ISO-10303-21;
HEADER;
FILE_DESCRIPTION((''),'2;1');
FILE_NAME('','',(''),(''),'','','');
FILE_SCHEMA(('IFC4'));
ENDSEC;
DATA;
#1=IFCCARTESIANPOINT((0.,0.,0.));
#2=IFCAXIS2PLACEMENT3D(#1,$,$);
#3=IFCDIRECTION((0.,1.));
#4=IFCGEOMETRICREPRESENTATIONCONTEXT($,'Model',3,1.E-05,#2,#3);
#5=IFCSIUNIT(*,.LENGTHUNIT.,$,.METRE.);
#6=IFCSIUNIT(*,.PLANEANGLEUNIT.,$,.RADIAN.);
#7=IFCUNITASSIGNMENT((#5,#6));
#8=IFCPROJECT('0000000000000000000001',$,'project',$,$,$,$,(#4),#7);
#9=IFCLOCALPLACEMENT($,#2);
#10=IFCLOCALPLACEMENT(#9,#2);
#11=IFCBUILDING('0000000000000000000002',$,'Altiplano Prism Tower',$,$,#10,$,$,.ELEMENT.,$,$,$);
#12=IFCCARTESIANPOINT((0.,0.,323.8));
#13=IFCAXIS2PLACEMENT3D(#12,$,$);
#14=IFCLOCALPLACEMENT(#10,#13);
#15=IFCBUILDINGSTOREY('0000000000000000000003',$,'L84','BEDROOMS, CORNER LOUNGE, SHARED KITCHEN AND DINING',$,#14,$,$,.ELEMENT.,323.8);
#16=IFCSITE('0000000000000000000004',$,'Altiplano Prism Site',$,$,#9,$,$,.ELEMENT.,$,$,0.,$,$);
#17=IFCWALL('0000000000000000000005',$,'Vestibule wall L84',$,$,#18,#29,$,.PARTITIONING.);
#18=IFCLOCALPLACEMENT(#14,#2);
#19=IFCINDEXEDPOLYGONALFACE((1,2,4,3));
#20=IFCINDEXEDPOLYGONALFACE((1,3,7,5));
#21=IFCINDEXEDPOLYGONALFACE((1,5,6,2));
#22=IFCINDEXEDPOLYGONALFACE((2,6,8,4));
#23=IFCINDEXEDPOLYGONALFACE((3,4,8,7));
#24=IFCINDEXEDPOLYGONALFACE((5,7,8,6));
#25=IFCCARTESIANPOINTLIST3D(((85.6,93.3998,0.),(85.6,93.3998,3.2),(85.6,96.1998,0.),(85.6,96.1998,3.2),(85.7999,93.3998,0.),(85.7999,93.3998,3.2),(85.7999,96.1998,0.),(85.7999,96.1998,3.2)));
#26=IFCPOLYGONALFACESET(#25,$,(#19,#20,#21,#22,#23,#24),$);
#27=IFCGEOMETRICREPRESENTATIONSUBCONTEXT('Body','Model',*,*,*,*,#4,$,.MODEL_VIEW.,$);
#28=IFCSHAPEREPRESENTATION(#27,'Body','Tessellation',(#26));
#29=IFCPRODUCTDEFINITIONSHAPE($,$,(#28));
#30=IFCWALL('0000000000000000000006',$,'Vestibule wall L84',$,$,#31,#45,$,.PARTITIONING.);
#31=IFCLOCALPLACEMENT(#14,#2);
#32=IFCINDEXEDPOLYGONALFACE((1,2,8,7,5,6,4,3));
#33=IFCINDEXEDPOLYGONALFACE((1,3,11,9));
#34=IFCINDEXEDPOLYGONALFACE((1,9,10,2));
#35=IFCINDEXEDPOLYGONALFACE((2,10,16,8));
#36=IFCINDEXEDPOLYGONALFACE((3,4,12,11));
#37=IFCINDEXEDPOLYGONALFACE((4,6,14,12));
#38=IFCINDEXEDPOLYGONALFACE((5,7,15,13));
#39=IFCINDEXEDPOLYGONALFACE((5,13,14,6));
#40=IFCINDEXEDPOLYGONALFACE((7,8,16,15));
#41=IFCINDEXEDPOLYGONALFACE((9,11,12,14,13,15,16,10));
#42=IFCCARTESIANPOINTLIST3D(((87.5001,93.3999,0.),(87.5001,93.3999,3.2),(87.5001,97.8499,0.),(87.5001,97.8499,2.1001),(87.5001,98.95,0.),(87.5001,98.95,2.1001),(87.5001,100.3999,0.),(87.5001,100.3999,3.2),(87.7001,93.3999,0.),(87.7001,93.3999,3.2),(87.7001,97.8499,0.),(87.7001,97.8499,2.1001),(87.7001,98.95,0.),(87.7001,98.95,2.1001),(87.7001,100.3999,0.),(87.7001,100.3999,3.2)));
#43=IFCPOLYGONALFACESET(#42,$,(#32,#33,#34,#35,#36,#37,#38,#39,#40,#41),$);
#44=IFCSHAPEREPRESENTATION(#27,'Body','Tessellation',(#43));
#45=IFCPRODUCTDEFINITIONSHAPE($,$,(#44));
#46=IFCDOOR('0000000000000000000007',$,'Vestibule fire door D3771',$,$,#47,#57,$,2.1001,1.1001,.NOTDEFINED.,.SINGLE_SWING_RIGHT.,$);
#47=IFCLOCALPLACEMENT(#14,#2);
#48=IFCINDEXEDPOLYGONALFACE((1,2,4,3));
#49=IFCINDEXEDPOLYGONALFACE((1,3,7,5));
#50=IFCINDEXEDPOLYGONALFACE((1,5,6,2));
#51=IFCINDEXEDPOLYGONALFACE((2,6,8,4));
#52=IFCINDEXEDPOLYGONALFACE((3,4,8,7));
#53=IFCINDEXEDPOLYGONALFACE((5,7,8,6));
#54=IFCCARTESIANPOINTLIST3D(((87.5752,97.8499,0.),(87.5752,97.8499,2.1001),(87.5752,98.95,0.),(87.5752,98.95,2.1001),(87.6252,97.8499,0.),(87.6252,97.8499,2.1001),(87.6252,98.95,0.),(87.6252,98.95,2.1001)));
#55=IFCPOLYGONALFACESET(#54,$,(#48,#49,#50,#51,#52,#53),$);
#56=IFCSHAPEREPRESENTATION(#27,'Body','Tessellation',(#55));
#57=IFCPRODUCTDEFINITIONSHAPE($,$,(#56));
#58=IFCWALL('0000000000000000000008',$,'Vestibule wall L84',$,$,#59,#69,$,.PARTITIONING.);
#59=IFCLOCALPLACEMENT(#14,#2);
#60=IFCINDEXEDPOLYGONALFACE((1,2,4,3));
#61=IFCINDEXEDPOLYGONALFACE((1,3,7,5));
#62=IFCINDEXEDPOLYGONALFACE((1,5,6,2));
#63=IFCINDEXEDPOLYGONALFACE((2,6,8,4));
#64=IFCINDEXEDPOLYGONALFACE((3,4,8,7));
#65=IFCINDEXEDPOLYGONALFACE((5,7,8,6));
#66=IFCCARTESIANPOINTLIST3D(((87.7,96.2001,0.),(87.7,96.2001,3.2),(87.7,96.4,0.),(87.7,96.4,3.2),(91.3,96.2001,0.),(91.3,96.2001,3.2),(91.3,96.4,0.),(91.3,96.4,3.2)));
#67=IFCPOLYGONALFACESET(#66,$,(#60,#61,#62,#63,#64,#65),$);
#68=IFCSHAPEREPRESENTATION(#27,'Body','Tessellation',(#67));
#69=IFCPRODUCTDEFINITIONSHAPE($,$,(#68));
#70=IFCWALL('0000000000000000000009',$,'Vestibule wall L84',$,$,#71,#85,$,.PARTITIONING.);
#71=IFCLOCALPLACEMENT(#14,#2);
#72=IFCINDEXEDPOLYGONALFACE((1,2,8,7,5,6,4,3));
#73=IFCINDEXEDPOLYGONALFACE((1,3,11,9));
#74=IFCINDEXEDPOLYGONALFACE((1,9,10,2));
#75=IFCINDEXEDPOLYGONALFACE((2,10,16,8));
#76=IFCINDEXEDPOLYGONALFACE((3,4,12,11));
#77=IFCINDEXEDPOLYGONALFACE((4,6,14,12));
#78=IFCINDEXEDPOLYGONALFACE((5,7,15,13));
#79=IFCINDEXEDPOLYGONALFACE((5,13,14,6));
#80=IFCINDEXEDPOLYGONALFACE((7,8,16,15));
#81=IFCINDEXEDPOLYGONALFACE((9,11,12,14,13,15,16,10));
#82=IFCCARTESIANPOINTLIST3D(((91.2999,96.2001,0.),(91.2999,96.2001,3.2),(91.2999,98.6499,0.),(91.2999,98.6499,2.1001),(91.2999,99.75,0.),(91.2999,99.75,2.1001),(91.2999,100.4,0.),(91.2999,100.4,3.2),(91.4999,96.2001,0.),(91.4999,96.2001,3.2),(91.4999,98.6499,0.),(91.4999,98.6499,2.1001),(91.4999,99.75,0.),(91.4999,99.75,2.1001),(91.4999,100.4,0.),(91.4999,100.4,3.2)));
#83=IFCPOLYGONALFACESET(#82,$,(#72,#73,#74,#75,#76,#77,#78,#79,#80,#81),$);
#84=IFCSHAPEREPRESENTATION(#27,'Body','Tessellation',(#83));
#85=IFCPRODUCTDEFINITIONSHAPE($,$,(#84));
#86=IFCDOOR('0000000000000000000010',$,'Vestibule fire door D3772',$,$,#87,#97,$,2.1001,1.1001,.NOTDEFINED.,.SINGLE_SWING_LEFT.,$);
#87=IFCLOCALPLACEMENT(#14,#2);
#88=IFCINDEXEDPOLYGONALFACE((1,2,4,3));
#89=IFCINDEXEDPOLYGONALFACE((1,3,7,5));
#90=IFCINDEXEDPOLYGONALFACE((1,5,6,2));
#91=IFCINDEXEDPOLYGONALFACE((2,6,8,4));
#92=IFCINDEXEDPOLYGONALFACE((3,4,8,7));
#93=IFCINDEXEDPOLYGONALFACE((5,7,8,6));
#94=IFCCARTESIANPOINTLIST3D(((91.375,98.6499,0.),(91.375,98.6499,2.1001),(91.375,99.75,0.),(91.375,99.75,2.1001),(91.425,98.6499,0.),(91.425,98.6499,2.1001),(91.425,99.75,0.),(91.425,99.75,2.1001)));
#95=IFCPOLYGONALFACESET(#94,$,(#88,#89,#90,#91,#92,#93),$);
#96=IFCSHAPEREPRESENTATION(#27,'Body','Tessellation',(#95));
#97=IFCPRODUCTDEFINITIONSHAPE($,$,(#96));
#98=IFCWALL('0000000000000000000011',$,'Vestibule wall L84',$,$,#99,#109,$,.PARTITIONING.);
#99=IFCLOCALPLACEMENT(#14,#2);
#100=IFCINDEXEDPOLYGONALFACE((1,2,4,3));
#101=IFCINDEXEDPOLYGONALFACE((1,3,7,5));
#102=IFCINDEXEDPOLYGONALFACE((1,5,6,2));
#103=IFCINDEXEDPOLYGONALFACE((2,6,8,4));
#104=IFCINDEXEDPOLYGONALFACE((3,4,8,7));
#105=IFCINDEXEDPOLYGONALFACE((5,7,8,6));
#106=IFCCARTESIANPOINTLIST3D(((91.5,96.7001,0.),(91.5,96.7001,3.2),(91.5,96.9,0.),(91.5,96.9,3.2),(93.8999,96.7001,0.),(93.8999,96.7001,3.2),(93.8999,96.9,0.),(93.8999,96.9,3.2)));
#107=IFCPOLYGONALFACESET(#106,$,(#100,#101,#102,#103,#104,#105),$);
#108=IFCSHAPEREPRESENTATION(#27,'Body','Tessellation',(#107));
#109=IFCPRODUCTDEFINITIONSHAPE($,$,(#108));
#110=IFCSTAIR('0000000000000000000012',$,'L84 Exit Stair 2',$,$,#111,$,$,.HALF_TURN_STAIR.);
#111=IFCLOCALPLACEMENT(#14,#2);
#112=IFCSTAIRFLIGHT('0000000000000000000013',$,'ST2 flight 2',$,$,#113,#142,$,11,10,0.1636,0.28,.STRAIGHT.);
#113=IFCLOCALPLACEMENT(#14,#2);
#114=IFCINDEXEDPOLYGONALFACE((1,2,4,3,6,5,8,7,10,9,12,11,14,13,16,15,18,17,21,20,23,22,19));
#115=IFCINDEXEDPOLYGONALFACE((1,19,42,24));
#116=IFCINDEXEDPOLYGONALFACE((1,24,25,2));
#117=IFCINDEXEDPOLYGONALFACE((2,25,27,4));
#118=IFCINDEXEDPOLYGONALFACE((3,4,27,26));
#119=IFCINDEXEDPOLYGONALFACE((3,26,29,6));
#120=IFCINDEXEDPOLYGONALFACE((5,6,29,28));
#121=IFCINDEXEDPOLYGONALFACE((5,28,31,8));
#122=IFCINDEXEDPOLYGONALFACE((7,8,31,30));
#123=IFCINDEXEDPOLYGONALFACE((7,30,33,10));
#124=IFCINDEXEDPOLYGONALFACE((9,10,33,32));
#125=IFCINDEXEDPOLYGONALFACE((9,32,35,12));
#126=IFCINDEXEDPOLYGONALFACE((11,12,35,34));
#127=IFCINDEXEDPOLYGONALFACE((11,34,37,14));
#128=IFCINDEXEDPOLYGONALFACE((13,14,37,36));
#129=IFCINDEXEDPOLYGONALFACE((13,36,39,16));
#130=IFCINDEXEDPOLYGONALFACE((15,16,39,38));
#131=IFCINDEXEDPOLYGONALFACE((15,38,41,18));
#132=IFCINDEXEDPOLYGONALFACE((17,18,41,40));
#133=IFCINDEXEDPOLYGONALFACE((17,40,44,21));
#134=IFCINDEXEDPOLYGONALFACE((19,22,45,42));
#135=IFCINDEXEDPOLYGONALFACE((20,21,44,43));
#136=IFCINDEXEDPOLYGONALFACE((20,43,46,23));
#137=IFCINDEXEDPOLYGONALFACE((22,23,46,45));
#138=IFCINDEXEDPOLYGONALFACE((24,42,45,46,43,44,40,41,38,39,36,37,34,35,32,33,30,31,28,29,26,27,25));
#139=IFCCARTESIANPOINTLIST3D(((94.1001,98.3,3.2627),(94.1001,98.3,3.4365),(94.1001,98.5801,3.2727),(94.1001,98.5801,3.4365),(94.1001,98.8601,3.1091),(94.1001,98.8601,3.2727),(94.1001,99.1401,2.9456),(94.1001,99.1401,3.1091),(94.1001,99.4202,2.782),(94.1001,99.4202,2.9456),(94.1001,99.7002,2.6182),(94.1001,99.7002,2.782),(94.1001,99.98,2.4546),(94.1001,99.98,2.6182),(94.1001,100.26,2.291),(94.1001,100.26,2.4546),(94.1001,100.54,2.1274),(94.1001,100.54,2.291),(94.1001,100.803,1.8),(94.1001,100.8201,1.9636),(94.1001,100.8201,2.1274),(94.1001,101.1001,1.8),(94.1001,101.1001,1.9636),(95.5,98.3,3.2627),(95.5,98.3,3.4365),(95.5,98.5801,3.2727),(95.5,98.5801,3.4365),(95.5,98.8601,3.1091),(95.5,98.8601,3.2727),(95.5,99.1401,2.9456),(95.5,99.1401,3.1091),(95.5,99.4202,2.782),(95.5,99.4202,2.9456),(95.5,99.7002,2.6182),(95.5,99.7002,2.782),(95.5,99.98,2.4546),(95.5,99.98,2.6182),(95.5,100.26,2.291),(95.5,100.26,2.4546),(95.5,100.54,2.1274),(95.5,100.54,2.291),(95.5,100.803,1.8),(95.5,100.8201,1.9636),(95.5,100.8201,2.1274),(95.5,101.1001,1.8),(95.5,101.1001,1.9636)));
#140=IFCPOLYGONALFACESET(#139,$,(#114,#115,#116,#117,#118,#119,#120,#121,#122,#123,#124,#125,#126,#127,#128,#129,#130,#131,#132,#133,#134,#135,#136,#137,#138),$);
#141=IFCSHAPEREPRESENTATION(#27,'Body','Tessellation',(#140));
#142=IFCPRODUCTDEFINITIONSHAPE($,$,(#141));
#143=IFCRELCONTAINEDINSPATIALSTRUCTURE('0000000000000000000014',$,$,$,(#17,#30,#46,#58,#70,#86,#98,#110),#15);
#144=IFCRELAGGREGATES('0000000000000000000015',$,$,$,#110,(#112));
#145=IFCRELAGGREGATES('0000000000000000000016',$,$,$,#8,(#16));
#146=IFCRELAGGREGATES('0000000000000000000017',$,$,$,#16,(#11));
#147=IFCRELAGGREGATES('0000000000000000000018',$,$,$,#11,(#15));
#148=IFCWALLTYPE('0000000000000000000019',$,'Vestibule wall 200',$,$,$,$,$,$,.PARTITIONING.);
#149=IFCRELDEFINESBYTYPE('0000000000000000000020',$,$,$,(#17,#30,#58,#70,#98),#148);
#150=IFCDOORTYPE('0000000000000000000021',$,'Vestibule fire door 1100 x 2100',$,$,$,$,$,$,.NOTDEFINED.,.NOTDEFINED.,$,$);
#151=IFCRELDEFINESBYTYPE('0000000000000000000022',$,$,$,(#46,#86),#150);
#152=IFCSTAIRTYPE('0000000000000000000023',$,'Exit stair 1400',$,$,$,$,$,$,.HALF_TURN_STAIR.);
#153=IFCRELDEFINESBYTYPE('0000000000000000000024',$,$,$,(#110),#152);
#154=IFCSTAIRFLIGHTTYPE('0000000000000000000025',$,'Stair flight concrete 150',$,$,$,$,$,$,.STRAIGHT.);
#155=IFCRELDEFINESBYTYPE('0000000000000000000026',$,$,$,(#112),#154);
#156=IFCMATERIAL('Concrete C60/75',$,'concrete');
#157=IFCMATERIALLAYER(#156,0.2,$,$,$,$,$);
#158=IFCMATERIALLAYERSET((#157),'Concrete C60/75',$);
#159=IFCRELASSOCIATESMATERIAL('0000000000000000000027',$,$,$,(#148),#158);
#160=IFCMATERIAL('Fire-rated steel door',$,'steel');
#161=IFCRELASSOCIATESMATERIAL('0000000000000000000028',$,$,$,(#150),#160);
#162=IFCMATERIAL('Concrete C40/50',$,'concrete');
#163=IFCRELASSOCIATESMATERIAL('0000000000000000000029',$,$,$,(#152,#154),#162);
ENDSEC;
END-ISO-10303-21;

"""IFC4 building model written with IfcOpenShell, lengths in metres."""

from ifc_helpers import new_model, si_unit, direction, frame, frame_2d, origin, place, context, subcontext, project, spatial, polyline, rectangle, outline, extrude, material, layer, layer_set, type_object, element, fill, aggregate, save


model = new_model("IFC4")

# Units and contexts
model_context = context("Model", 3, precision=1e-05, world=origin(), true_north=direction((0.0, 1.0)))
body_context = subcontext(model_context, "Body", "Model", "MODEL_VIEW")
ifc_project = project(units=[si_unit("LENGTHUNIT", "METRE"), si_unit("PLANEANGLEUNIT", "RADIAN")], contexts=[model_context])

# Site, building, storey
site_placement = place(None, origin())
site = spatial("IfcSite", under=ifc_project, at=site_placement, Name="Altiplano Prism Site", CompositionType="ELEMENT", RefElevation=0.0)
building_placement = place(site_placement, origin())
building = spatial("IfcBuilding", under=site, at=building_placement, Name="Altiplano Prism Tower", CompositionType="ELEMENT")
storey_placement = place(building_placement, frame((0.0, 0.0, 323.8)))
storey = spatial("IfcBuildingStorey", under=building, at=storey_placement, Name="L84", Description="BEDROOMS, CORNER LOUNGE, SHARED KITCHEN AND DINING", CompositionType="ELEMENT", Elevation=323.8)

# Shared definitions
ifc_material_1 = material(Name="Concrete C60/75", Category="concrete")

# Shared definitions
ifc_material_2 = material(Name="Fire-rated steel door", Category="steel")

# Wall
ifc_layer_1 = layer(ifc_material_1, 0.2)
ifc_layer_set_1 = layer_set([ifc_layer_1], Name="Concrete C60/75")
wall_type_1 = type_object("IfcWallType", Name="Vestibule wall 200", PredefinedType="PARTITIONING", material=ifc_layer_set_1)
wall_1_placement = place(storey_placement, frame((85.7, 93.3999, 0.0), z_axis=(0.0, 0.0, 1.0), x_axis=(0.0, 1.0, 0.0)))
element("IfcWall", 1, at=wall_1_placement, inside=storey, type_object=wall_type_1, Name="Vestibule wall L84", PredefinedType="PARTITIONING", context=body_context, shape_type="SweptSolid", body=[
    extrude(rectangle(XDim=2.8, YDim=0.2, at=frame_2d((1.3999, 0.0))), origin(), (0.0, 0.0, 1.0), 3.2),
])

# Wall, opening, door
wall_2_placement = place(storey_placement, frame((87.6001, 93.3999, 0.0), z_axis=(0.0, 0.0, 1.0), x_axis=(0.0, 1.0, 0.0)))
wall_2 = element("IfcWall", 2, at=wall_2_placement, inside=storey, type_object=wall_type_1, Name="Vestibule wall L84", PredefinedType="PARTITIONING", context=body_context, shape_type="SweptSolid", body=[
    extrude(rectangle(XDim=7.0, YDim=0.2, at=frame_2d((3.5, 0.0))), origin(), (0.0, 0.0, 1.0), 3.2),
])
opening_1_placement = place(wall_2_placement, frame((4.45, 0.0, 0.0)))
opening_1 = element("IfcOpeningElement", 3, at=opening_1_placement, cuts=wall_2, PredefinedType="OPENING", context=body_context, shape_type="SweptSolid", body=[
    extrude(rectangle(XDim=1.1001, YDim=2.1001, at=frame_2d((0.55, 1.05))), frame((0.0, 0.1104, 0.0), z_axis=(0.0, -1.0, 0.0), x_axis=(1.0, 0.0, 0.0)), (0.0, 0.0, 1.0), 0.2209),
])
door_type_1 = type_object("IfcDoorType", Name="Vestibule fire door 1100 x 2100", OperationType="NOTDEFINED", PredefinedType="NOTDEFINED", material=ifc_material_2)
door_1_placement = place(opening_1_placement, origin())
door_1 = element("IfcDoor", 4, at=door_1_placement, inside=storey, type_object=door_type_1, Name="Vestibule fire door D3771", OperationType="SINGLE_SWING_RIGHT", OverallHeight=2.1001, OverallWidth=1.1001, PredefinedType="NOTDEFINED", context=body_context, shape_type="SweptSolid", body=[
    extrude(rectangle(XDim=1.1001, YDim=2.1001, at=frame_2d((0.55, 1.05))), frame((0.0, 0.0249, 0.0), z_axis=(0.0, -1.0, 0.0), x_axis=(1.0, 0.0, 0.0)), (0.0, 0.0, 1.0), 0.05),
])
fill(opening_1, door_1)

# Wall
wall_3_placement = place(storey_placement, frame((87.7, 96.3, 0.0), z_axis=(0.0, 0.0, 1.0), x_axis=(1.0, 0.0, 0.0)))
element("IfcWall", 5, at=wall_3_placement, inside=storey, type_object=wall_type_1, Name="Vestibule wall L84", PredefinedType="PARTITIONING", context=body_context, shape_type="SweptSolid", body=[
    extrude(rectangle(XDim=3.6001, YDim=0.2, at=frame_2d((1.8, 0.0))), origin(), (0.0, 0.0, 1.0), 3.2),
])

# Wall, opening, door
wall_4_placement = place(storey_placement, frame((91.3999, 96.2, 0.0), z_axis=(0.0, 0.0, 1.0), x_axis=(0.0, 1.0, 0.0)))
wall_4 = element("IfcWall", 6, at=wall_4_placement, inside=storey, type_object=wall_type_1, Name="Vestibule wall L84", PredefinedType="PARTITIONING", context=body_context, shape_type="SweptSolid", body=[
    extrude(rectangle(XDim=4.2, YDim=0.2, at=frame_2d((2.1001, 0.0))), origin(), (0.0, 0.0, 1.0), 3.2),
])
opening_2_placement = place(wall_4_placement, frame((2.45, 0.0, 0.0)))
opening_2 = element("IfcOpeningElement", 7, at=opening_2_placement, cuts=wall_4, PredefinedType="OPENING", context=body_context, shape_type="SweptSolid", body=[
    extrude(rectangle(XDim=1.1001, YDim=2.1001, at=frame_2d((0.55, 1.05))), frame((0.0, 0.1104, 0.0), z_axis=(0.0, -1.0, 0.0), x_axis=(1.0, 0.0, 0.0)), (0.0, 0.0, 1.0), 0.2209),
])
door_2_placement = place(opening_2_placement, origin())
door_2 = element("IfcDoor", 8, at=door_2_placement, inside=storey, type_object=door_type_1, Name="Vestibule fire door D3772", OperationType="SINGLE_SWING_LEFT", OverallHeight=2.1001, OverallWidth=1.1001, PredefinedType="NOTDEFINED", context=body_context, shape_type="SweptSolid", body=[
    extrude(rectangle(XDim=1.1001, YDim=2.1001, at=frame_2d((0.55, 1.05))), frame((0.0, 0.0249, 0.0), z_axis=(0.0, -1.0, 0.0), x_axis=(1.0, 0.0, 0.0)), (0.0, 0.0, 1.0), 0.05),
])
fill(opening_2, door_2)

# Wall
wall_5_placement = place(storey_placement, frame((91.5, 96.8, 0.0), z_axis=(0.0, 0.0, 1.0), x_axis=(1.0, 0.0, 0.0)))
element("IfcWall", 9, at=wall_5_placement, inside=storey, type_object=wall_type_1, Name="Vestibule wall L84", PredefinedType="PARTITIONING", context=body_context, shape_type="SweptSolid", body=[
    extrude(rectangle(XDim=2.3999, YDim=0.2, at=frame_2d((1.2, 0.0))), origin(), (0.0, 0.0, 1.0), 3.2),
])

# Stair, stair flight
ifc_material_3 = material(Name="Concrete C40/50", Category="concrete")
stair_type = type_object("IfcStairType", Name="Exit stair 1400", PredefinedType="HALF_TURN_STAIR", material=ifc_material_3)
stair_placement = place(storey_placement, origin())
stair = element("IfcStair", 10, at=stair_placement, inside=storey, type_object=stair_type, Name="L84 Exit Stair 2", PredefinedType="HALF_TURN_STAIR")
stair_flight_type = type_object("IfcStairFlightType", Name="Stair flight concrete 150", PredefinedType="STRAIGHT", material=ifc_material_3)
stair_flight_placement = place(storey_placement, frame((94.8, 101.1001, 1.8), z_axis=(0.0, 0.0, 1.0), x_axis=(0.0, -1.0, 0.0)))
stair_flight = element("IfcStairFlight", 11, at=stair_flight_placement, type_object=stair_flight_type, Name="ST2 flight 2", NumberOfRisers=11, NumberOfTreads=10, PredefinedType="STRAIGHT", RiserHeight=0.1636, TreadLength=0.28, context=body_context, shape_type="SweptSolid", body=[
    extrude(outline(polyline([(0.0, 0.0), (0.0, 0.1636), (0.28, 0.1636), (0.28, 0.3274), (0.5601, 0.3274), (0.5601, 0.491), (0.8401, 0.491), (0.8401, 0.6545), (1.1201, 0.6545), (1.1201, 0.8181), (1.3999, 0.8181), (1.3999, 0.9819), (1.6799, 0.9819), (1.6799, 1.1455), (1.96, 1.1455), (1.96, 1.3091), (2.24, 1.3091), (2.24, 1.4727), (2.52, 1.4727), (2.52, 1.6365), (2.8, 1.6365), (2.8, 1.8), (2.8, 1.4626), (0.2971, 0.0), (0.0, 0.0)])), frame((0.0, 0.7, 0.0), z_axis=(0.0, -1.0, 0.0), x_axis=(1.0, 0.0, 0.0)), (0.0, 0.0, 1.0), 1.3999),
])
aggregate(stair, [stair_flight])

save(model, "model.ifc")
